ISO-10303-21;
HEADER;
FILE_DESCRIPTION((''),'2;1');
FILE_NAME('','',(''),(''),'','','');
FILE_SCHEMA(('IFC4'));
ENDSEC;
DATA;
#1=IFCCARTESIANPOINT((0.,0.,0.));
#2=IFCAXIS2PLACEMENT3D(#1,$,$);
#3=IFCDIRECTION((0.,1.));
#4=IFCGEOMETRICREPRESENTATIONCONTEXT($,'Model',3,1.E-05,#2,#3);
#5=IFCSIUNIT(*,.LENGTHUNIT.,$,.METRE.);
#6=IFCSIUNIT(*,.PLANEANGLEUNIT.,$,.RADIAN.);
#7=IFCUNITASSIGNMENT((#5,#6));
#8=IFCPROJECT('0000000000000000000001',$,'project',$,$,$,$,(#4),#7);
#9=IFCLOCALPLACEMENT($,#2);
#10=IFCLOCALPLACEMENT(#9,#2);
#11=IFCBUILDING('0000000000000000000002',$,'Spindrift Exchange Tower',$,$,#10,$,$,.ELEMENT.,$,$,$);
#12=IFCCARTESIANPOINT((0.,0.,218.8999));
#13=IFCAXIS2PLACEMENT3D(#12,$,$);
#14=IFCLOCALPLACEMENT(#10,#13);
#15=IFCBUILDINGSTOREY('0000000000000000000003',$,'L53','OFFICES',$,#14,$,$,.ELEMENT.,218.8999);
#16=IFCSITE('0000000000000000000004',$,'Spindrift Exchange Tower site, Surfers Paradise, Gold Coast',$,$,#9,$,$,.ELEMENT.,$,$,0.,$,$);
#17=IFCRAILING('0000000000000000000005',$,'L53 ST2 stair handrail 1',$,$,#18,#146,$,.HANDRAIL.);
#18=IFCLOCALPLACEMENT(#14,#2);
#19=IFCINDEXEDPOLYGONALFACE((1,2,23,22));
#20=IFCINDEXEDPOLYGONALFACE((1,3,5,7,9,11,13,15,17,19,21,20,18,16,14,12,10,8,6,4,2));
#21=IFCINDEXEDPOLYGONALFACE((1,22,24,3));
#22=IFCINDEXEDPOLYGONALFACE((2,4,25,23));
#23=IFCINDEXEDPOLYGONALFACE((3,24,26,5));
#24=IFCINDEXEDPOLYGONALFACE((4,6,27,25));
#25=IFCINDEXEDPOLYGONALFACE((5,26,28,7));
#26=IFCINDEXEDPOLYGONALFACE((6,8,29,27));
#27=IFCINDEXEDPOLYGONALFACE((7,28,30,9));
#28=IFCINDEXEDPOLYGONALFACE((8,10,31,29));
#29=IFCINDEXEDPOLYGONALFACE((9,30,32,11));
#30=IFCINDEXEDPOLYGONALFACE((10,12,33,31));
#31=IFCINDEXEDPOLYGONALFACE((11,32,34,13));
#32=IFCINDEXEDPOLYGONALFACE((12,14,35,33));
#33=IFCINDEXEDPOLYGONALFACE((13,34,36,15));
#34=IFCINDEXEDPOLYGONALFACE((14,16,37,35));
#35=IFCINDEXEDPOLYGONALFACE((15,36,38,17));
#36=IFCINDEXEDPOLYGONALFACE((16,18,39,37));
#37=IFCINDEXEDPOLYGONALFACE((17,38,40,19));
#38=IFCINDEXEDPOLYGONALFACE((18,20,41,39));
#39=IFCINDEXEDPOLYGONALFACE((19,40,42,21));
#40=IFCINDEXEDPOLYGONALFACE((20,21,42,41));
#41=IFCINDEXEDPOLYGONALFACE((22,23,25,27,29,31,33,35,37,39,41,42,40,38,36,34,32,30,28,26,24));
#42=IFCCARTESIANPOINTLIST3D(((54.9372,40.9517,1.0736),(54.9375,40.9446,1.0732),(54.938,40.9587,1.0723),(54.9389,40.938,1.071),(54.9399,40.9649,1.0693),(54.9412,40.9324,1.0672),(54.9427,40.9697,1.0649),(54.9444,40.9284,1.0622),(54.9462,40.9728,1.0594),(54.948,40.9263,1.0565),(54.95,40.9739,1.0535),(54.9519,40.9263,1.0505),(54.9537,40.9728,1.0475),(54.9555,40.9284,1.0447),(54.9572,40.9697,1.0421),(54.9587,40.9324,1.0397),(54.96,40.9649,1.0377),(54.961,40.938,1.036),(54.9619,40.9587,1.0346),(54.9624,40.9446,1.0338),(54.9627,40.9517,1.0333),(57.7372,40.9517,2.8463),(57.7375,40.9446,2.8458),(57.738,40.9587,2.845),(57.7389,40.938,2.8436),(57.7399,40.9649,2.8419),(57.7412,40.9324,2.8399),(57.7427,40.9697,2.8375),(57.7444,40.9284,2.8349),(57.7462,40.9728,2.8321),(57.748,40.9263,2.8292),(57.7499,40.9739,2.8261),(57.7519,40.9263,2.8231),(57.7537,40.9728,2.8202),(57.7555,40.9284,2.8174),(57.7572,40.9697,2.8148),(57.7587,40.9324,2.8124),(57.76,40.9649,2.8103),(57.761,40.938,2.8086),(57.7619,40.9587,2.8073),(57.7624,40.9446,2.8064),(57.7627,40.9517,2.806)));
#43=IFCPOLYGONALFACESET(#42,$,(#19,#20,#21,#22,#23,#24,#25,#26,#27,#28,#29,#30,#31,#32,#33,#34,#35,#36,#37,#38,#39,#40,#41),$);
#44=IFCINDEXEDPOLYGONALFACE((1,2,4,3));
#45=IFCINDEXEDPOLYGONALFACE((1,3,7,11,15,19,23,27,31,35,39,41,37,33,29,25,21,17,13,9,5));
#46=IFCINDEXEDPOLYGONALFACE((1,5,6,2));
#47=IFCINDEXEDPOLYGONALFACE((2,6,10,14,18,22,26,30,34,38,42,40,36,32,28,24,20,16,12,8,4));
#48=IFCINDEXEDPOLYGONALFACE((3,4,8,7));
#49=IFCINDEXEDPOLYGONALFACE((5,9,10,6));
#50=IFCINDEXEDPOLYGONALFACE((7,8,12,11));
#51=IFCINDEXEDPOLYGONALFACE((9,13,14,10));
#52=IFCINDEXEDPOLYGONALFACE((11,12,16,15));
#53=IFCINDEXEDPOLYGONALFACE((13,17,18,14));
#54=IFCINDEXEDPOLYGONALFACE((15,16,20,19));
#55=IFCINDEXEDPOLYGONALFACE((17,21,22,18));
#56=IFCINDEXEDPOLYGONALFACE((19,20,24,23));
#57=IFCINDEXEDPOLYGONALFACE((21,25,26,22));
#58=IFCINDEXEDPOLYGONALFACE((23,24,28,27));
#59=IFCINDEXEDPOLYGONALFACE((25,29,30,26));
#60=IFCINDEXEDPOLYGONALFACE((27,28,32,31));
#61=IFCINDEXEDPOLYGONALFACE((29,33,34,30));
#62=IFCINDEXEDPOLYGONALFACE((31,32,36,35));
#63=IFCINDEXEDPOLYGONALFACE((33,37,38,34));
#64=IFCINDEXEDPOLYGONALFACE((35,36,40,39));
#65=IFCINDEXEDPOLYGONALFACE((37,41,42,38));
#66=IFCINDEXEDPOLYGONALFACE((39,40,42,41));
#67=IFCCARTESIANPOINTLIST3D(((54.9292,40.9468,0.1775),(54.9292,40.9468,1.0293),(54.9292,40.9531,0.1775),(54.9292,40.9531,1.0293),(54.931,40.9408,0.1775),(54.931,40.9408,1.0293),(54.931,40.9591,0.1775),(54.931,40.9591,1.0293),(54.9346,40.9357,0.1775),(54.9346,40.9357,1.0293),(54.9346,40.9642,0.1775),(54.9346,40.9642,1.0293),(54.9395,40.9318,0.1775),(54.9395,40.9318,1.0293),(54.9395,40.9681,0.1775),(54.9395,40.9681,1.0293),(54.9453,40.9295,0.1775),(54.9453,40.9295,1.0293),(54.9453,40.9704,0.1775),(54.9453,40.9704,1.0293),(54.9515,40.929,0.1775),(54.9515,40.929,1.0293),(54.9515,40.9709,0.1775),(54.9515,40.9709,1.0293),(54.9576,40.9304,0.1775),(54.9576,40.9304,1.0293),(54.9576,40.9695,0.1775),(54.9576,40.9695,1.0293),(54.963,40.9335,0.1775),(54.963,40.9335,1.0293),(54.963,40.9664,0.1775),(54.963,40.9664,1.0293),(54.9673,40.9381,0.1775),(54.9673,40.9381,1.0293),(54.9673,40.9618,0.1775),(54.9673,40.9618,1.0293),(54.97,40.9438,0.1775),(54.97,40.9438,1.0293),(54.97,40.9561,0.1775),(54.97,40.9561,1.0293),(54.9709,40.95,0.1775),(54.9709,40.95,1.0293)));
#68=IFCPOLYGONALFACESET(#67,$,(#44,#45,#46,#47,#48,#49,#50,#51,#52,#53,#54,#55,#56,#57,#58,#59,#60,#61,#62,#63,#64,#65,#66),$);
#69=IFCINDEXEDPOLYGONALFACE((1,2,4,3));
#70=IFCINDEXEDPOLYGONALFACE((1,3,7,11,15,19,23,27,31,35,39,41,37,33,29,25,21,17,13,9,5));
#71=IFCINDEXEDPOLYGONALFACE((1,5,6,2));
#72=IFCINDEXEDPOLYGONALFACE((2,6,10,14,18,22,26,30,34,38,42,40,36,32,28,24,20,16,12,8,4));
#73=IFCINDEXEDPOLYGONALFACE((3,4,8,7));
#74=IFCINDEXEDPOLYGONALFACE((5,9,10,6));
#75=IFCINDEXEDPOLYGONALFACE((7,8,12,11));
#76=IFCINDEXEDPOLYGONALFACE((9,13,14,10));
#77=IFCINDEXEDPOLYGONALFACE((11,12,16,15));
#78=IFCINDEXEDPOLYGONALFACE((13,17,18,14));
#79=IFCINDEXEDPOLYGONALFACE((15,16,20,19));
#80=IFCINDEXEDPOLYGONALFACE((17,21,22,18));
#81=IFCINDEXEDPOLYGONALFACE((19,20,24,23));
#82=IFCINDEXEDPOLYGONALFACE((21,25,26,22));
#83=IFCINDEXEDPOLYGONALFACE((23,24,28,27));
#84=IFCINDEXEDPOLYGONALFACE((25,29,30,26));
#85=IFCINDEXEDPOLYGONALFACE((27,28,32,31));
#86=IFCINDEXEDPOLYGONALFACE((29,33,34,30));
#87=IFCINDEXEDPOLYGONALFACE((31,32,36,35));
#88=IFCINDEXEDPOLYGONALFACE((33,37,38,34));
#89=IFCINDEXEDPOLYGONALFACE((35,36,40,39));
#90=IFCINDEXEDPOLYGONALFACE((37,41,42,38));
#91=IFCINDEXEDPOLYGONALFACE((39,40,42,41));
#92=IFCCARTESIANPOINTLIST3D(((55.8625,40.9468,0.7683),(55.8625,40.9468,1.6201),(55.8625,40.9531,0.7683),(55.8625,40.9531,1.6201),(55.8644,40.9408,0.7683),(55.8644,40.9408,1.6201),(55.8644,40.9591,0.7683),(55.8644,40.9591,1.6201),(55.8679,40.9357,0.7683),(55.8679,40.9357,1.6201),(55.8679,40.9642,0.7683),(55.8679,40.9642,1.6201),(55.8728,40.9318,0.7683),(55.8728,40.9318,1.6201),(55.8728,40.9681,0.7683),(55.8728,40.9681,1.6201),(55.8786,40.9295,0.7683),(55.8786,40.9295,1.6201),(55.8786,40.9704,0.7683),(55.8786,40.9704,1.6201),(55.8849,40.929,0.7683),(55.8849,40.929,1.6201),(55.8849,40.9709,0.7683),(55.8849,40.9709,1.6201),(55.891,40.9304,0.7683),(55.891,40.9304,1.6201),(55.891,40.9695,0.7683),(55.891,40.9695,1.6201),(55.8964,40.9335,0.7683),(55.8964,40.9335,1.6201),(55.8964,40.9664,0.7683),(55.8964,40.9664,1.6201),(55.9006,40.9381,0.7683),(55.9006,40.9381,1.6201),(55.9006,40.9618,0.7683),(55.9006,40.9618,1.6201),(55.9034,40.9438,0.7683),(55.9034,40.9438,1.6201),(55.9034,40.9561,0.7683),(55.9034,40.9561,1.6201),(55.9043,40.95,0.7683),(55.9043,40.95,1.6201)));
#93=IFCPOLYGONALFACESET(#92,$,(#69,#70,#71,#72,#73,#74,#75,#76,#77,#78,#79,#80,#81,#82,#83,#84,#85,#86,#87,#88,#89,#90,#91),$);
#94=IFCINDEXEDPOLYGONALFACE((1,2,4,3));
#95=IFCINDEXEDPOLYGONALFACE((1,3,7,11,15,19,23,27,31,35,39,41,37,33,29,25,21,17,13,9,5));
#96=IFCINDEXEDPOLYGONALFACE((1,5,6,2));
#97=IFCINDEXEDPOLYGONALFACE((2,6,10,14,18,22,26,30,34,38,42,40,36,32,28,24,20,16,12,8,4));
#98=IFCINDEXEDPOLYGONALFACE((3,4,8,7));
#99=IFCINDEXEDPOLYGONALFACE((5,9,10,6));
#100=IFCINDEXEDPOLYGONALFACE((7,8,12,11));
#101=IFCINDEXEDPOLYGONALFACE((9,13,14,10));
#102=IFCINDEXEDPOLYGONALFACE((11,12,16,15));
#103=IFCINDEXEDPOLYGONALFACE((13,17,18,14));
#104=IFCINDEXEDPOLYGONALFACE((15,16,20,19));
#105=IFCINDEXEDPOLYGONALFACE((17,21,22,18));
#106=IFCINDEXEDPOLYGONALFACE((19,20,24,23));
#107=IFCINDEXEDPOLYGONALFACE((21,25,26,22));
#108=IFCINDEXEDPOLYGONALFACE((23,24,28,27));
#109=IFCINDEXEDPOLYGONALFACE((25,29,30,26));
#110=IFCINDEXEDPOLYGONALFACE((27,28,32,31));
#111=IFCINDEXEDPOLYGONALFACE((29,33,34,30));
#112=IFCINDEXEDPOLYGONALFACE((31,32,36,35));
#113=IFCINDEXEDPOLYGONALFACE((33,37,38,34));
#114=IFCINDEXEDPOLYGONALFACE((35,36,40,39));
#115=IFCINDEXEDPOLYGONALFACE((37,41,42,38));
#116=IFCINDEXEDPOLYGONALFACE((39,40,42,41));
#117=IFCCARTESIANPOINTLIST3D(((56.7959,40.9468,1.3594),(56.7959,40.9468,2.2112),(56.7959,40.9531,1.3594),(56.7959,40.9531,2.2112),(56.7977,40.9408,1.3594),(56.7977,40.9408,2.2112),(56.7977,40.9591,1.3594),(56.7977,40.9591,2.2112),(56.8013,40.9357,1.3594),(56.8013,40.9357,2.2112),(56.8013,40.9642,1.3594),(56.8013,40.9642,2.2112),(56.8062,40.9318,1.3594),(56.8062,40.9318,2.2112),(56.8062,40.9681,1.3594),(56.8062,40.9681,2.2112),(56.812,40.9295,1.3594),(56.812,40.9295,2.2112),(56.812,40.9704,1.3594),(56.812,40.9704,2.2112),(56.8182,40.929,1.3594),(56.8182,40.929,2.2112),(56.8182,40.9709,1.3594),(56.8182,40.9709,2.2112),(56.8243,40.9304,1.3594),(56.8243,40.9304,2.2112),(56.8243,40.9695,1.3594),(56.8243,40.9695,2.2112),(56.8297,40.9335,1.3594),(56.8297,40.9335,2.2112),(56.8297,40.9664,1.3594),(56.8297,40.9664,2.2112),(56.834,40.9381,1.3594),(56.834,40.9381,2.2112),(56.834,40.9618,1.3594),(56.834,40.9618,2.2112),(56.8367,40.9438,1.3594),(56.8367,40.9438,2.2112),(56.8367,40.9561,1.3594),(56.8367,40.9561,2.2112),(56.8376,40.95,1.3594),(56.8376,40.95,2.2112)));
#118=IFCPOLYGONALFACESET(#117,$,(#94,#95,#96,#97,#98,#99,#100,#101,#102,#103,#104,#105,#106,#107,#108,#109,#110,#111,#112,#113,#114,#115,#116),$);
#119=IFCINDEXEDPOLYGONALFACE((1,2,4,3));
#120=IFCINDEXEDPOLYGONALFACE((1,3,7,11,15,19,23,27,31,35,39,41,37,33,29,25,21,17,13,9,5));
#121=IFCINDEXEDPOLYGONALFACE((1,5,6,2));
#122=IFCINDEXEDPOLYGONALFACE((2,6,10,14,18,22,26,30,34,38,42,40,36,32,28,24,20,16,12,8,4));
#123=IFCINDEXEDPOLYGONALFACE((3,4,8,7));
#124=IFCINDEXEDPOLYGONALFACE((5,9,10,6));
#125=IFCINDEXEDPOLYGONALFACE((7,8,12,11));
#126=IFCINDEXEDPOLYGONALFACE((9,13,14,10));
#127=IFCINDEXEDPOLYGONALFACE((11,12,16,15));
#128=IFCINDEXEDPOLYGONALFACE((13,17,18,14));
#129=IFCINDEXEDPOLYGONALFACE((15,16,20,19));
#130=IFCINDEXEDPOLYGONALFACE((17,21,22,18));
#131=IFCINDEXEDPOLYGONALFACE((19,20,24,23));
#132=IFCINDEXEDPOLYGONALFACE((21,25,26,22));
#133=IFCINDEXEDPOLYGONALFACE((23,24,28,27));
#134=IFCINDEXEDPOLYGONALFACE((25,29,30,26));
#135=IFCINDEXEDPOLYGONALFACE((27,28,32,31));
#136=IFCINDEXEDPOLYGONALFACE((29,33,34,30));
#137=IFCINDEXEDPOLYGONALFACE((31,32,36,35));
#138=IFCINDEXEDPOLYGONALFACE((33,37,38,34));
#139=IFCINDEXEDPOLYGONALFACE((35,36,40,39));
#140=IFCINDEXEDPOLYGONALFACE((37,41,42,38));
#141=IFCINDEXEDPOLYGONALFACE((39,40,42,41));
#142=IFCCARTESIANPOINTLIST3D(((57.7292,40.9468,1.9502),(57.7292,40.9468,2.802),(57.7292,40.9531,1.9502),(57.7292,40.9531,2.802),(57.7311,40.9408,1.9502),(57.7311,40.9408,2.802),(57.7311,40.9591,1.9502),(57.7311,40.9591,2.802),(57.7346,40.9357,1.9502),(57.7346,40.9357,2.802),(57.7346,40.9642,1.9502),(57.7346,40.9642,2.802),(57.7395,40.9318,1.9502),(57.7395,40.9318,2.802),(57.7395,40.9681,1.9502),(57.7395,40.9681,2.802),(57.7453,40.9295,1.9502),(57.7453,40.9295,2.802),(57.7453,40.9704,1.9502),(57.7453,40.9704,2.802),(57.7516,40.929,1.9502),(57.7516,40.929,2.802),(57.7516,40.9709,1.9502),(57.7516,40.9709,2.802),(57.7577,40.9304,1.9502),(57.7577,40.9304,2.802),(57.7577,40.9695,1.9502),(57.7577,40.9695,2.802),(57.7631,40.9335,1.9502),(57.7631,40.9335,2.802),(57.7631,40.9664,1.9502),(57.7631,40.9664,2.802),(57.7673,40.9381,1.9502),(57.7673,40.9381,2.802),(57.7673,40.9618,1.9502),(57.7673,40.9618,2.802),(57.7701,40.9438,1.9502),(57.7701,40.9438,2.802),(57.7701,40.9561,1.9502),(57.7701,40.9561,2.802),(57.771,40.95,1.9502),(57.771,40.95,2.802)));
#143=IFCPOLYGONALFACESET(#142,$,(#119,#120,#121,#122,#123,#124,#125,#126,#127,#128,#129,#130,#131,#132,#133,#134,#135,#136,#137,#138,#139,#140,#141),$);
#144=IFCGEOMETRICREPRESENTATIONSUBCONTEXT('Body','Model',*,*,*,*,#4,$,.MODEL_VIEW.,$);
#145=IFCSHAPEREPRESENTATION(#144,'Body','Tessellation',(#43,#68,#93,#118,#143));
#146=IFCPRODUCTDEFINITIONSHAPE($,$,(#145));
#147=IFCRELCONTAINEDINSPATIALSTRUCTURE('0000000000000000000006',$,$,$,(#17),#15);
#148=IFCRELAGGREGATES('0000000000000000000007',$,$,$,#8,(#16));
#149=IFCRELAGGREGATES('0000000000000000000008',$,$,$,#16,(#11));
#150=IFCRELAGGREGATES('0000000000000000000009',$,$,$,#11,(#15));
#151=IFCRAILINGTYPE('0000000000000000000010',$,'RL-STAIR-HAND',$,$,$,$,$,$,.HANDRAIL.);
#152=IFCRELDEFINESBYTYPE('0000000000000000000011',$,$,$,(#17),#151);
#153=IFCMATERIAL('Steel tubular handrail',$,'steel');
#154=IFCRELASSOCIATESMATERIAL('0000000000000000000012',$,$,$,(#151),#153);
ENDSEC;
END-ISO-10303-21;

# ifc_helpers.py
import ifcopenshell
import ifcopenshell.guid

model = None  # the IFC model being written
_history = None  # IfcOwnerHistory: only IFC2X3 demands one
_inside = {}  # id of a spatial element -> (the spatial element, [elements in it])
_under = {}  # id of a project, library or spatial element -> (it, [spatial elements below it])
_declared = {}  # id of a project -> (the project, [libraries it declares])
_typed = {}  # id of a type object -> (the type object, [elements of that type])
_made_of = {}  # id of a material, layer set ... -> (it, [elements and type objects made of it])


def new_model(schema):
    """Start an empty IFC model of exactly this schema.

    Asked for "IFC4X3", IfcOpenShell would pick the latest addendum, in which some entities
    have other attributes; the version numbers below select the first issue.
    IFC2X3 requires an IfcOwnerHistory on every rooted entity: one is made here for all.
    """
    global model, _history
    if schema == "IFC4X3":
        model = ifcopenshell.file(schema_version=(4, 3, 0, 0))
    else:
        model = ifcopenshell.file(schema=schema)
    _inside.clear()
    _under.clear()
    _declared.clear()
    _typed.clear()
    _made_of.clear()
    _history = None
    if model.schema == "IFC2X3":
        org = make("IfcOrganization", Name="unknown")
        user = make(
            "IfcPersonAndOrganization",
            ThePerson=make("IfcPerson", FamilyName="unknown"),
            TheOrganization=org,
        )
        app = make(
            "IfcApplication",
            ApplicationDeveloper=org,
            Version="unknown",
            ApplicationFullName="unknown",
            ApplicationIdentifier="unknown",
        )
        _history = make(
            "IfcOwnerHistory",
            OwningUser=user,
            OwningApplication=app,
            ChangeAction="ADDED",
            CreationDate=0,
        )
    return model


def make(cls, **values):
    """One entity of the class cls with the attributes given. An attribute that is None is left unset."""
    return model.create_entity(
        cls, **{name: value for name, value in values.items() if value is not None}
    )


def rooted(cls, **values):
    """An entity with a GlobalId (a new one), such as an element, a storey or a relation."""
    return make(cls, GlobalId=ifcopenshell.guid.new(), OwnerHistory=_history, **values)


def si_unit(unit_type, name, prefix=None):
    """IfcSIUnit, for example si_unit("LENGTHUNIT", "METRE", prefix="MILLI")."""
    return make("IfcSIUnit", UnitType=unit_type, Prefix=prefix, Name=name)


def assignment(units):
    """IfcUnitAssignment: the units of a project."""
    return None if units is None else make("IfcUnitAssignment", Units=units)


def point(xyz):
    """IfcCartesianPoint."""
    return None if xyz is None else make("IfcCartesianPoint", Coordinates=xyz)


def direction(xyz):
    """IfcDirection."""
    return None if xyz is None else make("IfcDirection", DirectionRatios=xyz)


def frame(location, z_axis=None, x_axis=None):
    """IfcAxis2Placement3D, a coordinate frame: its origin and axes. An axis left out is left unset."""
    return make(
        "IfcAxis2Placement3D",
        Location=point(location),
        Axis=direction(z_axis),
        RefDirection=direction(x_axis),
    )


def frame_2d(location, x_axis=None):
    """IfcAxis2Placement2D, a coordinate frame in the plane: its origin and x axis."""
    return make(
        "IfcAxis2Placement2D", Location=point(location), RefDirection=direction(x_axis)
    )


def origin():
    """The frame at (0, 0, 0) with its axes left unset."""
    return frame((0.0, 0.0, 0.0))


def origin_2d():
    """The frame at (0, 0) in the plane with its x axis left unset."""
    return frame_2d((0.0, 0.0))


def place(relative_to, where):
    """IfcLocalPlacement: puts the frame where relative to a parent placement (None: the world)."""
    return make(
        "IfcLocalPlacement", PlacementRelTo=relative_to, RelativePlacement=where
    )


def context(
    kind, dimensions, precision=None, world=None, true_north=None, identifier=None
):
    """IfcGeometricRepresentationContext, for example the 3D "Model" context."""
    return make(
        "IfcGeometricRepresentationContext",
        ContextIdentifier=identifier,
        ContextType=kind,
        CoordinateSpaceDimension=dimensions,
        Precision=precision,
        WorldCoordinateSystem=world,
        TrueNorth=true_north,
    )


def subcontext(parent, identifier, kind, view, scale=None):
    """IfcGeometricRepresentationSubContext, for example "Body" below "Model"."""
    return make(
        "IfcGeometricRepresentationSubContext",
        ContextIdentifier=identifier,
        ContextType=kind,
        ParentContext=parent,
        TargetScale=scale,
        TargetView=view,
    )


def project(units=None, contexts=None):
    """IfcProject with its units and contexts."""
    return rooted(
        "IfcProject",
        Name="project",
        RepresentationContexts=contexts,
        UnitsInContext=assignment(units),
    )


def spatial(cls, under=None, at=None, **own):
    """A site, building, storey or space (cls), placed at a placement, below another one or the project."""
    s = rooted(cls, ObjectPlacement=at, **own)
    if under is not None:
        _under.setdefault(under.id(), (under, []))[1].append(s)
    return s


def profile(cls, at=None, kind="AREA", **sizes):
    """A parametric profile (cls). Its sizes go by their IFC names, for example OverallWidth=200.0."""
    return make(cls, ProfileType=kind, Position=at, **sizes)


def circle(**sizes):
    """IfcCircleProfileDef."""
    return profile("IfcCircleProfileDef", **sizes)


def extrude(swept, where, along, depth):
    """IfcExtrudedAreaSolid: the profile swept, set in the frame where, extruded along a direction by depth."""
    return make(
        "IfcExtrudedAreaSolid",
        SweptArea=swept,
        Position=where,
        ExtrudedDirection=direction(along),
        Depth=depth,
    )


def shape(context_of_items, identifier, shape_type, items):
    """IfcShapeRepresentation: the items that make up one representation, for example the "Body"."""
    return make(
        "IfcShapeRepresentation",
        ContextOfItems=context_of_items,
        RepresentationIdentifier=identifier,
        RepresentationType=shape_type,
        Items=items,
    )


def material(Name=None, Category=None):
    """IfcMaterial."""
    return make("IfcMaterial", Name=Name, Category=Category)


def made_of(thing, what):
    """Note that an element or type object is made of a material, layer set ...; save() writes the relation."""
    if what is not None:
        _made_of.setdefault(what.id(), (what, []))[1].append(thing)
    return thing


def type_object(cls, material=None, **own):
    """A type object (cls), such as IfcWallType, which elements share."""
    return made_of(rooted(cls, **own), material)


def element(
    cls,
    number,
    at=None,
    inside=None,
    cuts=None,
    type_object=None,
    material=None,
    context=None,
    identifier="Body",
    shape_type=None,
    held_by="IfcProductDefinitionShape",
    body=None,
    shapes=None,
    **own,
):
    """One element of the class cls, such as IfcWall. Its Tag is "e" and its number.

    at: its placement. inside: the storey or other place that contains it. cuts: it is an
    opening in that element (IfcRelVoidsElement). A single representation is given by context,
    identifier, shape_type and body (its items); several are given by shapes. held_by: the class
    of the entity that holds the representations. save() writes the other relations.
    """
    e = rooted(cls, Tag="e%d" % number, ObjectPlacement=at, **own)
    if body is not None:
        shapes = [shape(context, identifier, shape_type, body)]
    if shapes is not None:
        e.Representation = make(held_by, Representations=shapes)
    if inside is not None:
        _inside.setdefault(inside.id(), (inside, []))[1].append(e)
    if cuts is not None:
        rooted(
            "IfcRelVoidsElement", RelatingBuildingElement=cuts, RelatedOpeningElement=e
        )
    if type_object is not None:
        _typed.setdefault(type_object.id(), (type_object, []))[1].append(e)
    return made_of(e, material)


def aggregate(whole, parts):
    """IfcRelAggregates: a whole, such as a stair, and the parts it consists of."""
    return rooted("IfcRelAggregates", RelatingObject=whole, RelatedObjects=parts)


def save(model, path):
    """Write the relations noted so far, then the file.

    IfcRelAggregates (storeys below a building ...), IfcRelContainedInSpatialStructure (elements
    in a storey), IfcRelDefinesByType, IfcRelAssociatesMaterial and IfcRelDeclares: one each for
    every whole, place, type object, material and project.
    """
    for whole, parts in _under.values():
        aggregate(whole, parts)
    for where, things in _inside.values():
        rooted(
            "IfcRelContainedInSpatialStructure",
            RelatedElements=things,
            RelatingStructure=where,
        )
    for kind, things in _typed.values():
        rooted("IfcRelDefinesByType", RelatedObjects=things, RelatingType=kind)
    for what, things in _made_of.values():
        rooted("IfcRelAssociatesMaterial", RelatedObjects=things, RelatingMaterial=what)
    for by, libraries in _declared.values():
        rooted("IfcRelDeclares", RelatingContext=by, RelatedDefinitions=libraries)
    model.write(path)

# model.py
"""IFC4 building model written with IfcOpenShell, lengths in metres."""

from ifc_helpers import new_model, si_unit, direction, frame, origin, origin_2d, place, context, subcontext, project, spatial, circle, extrude, material, type_object, element, save


model = new_model("IFC4")

# Units and contexts
model_context = context("Model", 3, precision=1e-05, world=origin(), true_north=direction((0.0, 1.0)))
body_context = subcontext(model_context, "Body", "Model", "MODEL_VIEW")
ifc_project = project(units=[si_unit("LENGTHUNIT", "METRE"), si_unit("PLANEANGLEUNIT", "RADIAN")], contexts=[model_context])

# Site, building, storey
site_placement = place(None, origin())
site = spatial("IfcSite", under=ifc_project, at=site_placement, Name="Spindrift Exchange Tower site, Surfers Paradise, Gold Coast", CompositionType="ELEMENT", RefElevation=0.0)
building_placement = place(site_placement, origin())
building = spatial("IfcBuilding", under=site, at=building_placement, Name="Spindrift Exchange Tower", CompositionType="ELEMENT")
storey_placement = place(building_placement, frame((0.0, 0.0, 218.8999)))
storey = spatial("IfcBuildingStorey", under=building, at=storey_placement, Name="L53", Description="OFFICES", CompositionType="ELEMENT", Elevation=218.8999)

# Railing
ifc_material_1 = material(Name="Steel tubular handrail", Category="steel")
railing_type_1 = type_object("IfcRailingType", Name="RL-STAIR-HAND", PredefinedType="HANDRAIL", material=ifc_material_1)
railing_1_placement = place(storey_placement, frame((54.95, 40.95, 0.1775)))
element("IfcRailing", 1, at=railing_1_placement, inside=storey, type_object=railing_type_1, Name="L53 ST2 stair handrail 1", PredefinedType="HANDRAIL", context=body_context, shape_type="SweptSolid", body=[
    extrude(circle(Radius=0.0239, at=origin_2d()), frame((0.0, 0.0, 0.876), z_axis=(0.844909, 0.0, 0.53491), x_axis=(0.0, 1.0, 0.0)), (0.0, 0.0, 1.0), 3.314),
    extrude(circle(Radius=0.021, at=origin_2d()), origin(), (0.0, 0.0, 1.0), 0.8518),
    extrude(circle(Radius=0.021, at=origin_2d()), frame((0.9333, 0.0, 0.5908)), (0.0, 0.0, 1.0), 0.8518),
    extrude(circle(Radius=0.021, at=origin_2d()), frame((1.8667, 0.0, 1.1819)), (0.0, 0.0, 1.0), 0.8518),
    extrude(circle(Radius=0.021, at=origin_2d()), frame((2.8, 0.0, 1.7727)), (0.0, 0.0, 1.0), 0.8518),
])

save(model, "model.ifc")
